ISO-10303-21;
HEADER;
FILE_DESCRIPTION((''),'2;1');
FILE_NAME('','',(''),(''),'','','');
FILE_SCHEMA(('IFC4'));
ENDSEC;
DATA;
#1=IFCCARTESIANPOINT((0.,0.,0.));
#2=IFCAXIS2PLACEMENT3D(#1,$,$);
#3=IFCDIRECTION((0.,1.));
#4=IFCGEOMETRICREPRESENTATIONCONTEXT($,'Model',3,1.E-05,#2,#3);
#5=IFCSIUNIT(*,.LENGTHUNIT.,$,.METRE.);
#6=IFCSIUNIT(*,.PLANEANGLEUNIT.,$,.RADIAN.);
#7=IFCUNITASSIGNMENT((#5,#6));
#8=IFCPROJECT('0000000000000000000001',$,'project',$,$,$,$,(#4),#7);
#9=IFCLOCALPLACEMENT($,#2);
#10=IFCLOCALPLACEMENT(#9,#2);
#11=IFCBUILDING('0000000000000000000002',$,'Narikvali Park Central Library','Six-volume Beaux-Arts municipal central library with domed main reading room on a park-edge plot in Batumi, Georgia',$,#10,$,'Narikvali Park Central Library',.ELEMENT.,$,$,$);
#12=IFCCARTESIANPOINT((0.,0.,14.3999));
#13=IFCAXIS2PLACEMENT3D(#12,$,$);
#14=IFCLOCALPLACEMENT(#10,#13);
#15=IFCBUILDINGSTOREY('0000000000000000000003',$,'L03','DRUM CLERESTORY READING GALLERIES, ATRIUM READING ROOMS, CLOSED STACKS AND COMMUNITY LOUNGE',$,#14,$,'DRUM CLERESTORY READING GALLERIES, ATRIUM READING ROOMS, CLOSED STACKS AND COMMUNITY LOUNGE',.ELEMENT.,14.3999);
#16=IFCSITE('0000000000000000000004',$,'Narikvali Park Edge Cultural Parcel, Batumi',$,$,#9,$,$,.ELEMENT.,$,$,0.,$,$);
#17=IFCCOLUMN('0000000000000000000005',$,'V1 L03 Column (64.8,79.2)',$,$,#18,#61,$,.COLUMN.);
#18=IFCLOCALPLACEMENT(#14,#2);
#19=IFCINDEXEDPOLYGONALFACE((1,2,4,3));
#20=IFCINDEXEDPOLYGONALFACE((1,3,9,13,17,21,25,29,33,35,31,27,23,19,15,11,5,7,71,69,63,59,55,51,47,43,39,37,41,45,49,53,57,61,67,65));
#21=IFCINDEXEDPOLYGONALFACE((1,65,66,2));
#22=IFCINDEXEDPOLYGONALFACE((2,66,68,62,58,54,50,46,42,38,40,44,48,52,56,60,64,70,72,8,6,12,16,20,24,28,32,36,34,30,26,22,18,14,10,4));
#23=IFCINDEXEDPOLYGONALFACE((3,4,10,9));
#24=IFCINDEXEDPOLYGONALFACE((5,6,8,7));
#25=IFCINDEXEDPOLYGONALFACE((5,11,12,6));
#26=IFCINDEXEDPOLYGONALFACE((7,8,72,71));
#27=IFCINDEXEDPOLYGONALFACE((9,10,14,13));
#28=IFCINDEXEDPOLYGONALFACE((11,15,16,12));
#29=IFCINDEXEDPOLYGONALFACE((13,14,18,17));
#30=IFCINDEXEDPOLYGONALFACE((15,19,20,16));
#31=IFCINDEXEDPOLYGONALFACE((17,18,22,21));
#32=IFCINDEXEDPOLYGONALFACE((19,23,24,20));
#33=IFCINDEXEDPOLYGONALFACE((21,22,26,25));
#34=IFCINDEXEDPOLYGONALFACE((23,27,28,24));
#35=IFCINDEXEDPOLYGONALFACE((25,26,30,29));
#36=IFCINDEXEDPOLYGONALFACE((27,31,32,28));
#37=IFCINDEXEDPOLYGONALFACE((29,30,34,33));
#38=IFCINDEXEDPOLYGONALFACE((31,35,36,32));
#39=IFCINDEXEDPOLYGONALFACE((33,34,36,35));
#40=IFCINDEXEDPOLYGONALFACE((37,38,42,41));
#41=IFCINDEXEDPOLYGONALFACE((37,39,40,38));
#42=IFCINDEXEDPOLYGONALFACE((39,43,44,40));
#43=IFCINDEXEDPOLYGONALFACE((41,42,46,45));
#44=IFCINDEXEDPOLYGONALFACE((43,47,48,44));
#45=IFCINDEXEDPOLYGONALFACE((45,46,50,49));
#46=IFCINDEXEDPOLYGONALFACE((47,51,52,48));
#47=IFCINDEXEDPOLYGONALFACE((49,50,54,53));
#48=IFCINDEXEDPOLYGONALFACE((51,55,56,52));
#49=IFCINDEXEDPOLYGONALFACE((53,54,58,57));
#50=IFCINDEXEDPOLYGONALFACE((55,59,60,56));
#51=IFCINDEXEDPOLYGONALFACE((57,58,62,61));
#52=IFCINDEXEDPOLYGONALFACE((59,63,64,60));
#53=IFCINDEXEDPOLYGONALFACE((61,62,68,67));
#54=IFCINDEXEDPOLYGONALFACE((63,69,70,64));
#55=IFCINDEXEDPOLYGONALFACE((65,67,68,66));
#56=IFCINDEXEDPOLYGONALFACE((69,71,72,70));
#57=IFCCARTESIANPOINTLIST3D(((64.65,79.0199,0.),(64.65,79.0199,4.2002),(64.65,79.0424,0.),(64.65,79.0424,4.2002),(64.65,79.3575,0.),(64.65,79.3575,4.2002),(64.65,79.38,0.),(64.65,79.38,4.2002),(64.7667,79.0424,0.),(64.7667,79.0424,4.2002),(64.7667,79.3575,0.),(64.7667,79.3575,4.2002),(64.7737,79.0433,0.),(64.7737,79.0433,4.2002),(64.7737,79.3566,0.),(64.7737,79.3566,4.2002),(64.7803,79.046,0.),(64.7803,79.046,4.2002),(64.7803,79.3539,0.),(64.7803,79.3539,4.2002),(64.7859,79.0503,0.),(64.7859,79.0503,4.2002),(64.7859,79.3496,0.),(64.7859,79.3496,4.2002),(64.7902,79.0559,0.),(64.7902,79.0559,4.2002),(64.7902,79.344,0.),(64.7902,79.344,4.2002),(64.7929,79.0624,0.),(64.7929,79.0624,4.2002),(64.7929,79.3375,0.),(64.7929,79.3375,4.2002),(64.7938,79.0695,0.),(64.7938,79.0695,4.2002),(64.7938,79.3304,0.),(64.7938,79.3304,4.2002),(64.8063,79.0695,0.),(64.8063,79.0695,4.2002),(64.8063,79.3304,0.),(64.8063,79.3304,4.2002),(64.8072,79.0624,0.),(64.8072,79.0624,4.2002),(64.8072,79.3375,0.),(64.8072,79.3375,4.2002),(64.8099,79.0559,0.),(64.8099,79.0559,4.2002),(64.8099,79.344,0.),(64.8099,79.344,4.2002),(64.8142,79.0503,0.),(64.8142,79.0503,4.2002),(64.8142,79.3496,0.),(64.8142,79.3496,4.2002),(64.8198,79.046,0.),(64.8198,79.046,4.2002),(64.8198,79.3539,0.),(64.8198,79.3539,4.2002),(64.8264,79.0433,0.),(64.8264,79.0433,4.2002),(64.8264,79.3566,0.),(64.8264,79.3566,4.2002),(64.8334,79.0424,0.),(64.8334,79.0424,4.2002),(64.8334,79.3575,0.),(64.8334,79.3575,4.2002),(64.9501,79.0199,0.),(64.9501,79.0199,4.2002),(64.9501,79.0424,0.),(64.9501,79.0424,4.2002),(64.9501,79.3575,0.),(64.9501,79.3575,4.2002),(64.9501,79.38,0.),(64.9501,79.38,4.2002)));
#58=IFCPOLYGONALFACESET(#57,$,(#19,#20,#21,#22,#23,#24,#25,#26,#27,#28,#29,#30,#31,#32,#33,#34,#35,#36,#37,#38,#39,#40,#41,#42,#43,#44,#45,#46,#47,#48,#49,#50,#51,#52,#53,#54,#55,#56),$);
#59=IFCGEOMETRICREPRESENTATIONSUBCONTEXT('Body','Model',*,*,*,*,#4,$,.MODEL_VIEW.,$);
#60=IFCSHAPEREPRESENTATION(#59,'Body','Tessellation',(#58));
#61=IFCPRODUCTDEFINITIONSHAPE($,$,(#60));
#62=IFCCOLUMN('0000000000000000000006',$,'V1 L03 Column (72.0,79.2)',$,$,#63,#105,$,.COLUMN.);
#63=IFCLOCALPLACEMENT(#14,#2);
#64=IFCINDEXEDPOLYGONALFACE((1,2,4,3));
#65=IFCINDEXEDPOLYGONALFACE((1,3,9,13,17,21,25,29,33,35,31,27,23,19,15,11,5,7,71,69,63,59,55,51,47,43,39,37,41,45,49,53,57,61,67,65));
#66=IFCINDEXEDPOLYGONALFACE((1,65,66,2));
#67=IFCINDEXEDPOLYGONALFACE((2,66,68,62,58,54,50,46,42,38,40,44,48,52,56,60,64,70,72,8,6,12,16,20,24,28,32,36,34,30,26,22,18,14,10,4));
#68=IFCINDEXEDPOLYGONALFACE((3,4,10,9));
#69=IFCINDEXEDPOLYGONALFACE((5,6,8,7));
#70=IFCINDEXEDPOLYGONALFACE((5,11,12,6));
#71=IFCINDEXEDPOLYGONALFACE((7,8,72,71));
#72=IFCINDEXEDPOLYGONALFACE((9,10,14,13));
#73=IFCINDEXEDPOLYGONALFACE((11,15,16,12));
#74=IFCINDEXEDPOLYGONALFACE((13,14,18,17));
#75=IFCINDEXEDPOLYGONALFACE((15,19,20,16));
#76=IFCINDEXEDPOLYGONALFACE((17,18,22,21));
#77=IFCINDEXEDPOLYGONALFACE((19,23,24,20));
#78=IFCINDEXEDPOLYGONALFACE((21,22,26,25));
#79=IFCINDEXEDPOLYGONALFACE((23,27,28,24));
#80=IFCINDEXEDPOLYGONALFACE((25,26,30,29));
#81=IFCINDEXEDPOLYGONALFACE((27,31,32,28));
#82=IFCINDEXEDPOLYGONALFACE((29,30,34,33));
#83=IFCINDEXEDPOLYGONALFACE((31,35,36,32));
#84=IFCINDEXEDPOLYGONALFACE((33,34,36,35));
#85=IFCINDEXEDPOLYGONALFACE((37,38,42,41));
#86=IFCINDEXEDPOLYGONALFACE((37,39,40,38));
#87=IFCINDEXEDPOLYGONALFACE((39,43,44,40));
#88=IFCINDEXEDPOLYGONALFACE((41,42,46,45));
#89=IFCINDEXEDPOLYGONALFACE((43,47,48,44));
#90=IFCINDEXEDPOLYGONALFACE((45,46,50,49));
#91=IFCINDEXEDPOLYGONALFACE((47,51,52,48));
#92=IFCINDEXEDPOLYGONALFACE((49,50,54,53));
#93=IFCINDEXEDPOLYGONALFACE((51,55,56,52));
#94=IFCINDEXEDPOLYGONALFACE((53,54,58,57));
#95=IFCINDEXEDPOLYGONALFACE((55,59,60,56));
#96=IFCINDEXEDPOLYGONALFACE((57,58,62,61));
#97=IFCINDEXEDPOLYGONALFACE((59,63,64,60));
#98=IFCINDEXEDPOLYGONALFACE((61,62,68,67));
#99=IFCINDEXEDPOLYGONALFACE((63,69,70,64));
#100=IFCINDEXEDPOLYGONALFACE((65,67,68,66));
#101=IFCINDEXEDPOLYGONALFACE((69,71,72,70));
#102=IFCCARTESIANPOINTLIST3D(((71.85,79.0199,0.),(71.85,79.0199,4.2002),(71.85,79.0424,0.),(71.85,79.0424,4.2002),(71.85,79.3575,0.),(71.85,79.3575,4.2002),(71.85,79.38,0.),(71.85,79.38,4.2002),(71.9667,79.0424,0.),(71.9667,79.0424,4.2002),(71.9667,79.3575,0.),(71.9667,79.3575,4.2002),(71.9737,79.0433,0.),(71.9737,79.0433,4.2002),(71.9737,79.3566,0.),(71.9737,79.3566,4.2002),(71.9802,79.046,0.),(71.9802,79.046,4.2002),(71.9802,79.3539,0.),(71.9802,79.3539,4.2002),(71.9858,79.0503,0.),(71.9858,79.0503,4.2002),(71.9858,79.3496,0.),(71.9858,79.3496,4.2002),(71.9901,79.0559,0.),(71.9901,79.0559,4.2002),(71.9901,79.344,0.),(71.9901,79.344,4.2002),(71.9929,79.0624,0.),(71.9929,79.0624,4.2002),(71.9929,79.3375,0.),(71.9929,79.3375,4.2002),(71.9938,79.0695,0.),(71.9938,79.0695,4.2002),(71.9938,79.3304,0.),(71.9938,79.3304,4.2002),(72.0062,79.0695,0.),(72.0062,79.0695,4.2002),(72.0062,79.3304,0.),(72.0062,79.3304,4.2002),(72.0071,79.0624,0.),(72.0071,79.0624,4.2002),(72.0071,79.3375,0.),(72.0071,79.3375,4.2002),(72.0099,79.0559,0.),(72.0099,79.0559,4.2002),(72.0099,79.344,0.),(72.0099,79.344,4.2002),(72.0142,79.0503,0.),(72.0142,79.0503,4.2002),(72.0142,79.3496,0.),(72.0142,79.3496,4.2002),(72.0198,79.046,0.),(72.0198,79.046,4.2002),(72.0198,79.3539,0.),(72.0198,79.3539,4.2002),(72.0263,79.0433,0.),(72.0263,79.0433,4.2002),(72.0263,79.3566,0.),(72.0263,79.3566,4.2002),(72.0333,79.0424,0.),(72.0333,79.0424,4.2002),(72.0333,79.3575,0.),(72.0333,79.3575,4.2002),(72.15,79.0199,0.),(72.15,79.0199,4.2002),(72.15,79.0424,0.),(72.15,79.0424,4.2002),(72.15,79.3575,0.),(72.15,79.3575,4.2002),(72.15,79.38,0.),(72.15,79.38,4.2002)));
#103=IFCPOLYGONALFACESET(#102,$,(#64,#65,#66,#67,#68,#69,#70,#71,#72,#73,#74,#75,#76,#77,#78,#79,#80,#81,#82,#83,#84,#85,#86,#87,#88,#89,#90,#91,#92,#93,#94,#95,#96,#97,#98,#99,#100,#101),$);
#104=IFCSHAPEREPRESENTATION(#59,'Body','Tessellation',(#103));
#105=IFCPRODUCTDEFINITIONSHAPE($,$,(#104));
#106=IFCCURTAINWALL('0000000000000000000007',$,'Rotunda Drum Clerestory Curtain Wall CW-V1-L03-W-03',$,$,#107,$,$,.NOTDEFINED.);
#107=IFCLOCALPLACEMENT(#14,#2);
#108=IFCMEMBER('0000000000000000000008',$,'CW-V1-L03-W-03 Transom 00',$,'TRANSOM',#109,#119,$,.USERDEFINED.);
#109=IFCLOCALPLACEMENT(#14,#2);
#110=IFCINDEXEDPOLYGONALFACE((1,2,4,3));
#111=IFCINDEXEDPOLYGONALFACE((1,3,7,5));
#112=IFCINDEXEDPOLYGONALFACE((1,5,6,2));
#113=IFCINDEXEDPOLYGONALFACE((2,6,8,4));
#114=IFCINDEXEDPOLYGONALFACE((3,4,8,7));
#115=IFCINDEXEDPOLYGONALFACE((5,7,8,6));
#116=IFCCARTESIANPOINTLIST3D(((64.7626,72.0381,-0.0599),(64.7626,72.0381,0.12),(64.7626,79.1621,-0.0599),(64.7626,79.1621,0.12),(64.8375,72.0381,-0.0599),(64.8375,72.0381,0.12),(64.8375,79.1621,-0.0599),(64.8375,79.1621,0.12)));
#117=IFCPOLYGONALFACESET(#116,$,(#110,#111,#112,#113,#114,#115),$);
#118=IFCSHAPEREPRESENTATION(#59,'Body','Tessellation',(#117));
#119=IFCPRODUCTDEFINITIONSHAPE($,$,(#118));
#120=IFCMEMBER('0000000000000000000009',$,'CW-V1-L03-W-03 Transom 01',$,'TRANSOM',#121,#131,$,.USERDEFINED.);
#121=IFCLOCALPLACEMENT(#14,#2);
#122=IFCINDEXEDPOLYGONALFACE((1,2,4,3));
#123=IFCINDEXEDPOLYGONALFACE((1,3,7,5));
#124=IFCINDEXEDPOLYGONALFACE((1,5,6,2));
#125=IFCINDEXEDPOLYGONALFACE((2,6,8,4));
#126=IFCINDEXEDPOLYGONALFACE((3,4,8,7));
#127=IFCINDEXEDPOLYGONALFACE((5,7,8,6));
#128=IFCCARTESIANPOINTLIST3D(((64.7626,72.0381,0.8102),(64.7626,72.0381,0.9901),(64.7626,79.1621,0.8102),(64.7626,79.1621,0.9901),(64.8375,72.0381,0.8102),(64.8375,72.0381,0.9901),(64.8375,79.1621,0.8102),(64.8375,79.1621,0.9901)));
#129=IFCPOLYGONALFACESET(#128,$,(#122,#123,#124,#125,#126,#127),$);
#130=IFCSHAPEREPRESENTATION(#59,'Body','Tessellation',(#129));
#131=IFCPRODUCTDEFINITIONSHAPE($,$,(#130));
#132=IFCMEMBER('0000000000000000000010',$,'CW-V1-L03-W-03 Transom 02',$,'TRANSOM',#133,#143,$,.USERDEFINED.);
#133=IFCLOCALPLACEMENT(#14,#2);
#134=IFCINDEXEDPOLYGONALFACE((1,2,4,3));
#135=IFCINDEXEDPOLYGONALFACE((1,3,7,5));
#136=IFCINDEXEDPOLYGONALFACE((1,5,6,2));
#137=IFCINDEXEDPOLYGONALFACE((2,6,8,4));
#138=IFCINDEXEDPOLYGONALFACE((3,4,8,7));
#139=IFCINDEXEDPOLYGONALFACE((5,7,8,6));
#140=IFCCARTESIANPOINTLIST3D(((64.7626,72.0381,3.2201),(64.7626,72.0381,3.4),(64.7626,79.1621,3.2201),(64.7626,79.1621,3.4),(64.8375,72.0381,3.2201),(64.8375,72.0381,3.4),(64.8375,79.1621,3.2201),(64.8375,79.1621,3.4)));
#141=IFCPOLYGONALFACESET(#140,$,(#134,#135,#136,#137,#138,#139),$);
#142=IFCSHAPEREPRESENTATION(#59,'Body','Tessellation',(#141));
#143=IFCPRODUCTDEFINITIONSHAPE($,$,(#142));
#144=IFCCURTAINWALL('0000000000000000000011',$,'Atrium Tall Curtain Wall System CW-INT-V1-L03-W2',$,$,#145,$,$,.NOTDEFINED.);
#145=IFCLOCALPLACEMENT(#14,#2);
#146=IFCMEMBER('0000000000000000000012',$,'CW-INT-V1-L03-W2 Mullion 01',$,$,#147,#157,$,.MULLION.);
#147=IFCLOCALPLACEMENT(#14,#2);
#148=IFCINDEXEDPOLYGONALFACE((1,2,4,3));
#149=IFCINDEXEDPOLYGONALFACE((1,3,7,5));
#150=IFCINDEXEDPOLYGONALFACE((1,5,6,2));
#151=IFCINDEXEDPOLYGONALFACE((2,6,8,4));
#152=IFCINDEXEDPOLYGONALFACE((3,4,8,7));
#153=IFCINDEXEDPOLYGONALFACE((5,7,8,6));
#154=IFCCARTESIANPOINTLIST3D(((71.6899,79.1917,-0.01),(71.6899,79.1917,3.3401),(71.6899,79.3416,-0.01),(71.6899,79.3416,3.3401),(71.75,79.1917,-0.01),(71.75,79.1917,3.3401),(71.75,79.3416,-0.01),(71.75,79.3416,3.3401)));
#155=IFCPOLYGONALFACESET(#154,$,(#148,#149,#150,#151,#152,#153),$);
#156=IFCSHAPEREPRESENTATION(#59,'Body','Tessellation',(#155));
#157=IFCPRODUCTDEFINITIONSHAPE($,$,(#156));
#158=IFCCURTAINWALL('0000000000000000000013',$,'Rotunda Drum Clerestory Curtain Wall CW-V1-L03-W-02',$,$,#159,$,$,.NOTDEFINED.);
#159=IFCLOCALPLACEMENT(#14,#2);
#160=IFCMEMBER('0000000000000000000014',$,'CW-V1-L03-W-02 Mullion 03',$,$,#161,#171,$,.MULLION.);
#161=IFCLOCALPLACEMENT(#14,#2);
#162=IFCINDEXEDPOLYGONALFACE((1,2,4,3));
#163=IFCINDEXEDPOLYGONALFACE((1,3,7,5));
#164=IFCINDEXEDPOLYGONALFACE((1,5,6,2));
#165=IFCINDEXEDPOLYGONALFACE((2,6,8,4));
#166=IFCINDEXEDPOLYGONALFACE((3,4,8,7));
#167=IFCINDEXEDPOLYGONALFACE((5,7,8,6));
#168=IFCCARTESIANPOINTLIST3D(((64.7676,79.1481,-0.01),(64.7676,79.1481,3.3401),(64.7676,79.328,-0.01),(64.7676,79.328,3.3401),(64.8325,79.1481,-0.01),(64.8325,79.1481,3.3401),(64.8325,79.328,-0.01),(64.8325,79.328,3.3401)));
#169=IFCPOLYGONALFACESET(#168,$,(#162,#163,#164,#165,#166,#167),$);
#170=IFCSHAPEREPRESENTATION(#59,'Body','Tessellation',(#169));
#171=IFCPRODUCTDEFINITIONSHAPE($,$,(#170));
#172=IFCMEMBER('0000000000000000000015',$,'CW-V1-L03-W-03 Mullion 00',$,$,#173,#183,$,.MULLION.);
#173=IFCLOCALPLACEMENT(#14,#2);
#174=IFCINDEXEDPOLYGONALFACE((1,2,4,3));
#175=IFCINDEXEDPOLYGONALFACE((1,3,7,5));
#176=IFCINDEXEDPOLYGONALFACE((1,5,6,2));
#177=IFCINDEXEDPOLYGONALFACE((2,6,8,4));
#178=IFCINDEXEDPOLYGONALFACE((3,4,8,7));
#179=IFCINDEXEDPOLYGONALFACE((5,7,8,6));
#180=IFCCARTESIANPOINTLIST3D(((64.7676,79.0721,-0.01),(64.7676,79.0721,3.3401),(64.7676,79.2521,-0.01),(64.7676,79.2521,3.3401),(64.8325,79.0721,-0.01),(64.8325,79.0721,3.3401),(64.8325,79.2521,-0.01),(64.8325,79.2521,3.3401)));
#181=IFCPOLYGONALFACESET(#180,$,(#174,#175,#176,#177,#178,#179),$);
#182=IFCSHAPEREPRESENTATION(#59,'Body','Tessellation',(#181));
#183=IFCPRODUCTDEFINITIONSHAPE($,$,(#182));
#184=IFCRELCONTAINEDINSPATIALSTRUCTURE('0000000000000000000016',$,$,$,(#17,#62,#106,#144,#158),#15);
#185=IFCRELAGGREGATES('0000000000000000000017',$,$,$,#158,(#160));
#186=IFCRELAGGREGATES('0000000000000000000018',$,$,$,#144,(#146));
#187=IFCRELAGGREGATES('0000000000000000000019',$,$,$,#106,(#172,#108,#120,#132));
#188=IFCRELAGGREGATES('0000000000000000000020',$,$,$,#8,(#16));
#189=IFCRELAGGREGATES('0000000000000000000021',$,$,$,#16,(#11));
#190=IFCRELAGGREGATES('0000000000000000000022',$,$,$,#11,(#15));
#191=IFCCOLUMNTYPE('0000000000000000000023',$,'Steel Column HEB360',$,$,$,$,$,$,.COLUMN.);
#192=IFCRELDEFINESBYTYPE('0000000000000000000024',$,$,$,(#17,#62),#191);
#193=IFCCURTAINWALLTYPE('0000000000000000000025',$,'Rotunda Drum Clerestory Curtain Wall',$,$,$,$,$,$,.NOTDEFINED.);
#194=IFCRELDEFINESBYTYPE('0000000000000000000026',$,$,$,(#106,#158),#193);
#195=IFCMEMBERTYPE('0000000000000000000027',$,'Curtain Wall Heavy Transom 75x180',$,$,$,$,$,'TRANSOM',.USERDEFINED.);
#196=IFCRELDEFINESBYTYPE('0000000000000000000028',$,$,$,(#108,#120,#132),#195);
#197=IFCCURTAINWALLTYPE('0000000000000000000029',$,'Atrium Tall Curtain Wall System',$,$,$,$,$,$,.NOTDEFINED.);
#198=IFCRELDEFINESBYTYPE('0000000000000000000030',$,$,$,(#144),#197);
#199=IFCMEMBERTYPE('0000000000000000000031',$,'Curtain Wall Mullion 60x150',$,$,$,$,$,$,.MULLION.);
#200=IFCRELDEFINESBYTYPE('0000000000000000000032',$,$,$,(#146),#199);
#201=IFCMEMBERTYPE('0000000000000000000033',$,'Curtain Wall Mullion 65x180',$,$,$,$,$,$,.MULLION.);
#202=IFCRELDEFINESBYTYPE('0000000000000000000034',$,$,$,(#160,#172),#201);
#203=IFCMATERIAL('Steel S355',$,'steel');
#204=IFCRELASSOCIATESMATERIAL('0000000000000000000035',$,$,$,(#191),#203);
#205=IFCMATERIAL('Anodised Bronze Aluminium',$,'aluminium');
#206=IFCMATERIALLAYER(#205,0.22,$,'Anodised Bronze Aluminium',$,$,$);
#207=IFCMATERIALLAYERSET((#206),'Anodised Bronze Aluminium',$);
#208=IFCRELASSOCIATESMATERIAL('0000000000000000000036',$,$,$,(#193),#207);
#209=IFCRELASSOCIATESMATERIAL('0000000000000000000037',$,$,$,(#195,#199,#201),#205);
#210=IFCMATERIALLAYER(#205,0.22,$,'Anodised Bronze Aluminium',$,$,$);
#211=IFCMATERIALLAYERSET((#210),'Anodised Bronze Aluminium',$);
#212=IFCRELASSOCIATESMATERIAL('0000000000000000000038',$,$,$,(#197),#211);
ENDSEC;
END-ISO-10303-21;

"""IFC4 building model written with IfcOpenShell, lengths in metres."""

from ifc_helpers import new_model, si_unit, direction, frame, origin, origin_2d, place, context, subcontext, project, spatial, rectangle, i_section, extrude, material, layer, layer_set, material_profile, profile_set, type_object, element, aggregate, save


model = new_model("IFC4")

# Units and contexts
model_context = context("Model", 3, precision=1e-05, world=origin(), true_north=direction((0.0, 1.0)))
body_context = subcontext(model_context, "Body", "Model", "MODEL_VIEW")
ifc_project = project(units=[si_unit("LENGTHUNIT", "METRE"), si_unit("PLANEANGLEUNIT", "RADIAN")], contexts=[model_context])

# Site, building, storey
site_placement = place(None, origin())
site = spatial("IfcSite", under=ifc_project, at=site_placement, Name="Narikvali Park Edge Cultural Parcel, Batumi", CompositionType="ELEMENT", RefElevation=0.0)
building_placement = place(site_placement, origin())
building = spatial("IfcBuilding", under=site, at=building_placement, Name="Narikvali Park Central Library", Description="Six-volume Beaux-Arts municipal central library with domed main reading room on a park-edge plot in Batumi, Georgia", LongName="Narikvali Park Central Library", CompositionType="ELEMENT")
storey_placement = place(building_placement, frame((0.0, 0.0, 14.3999)))
storey = spatial("IfcBuildingStorey", under=building, at=storey_placement, Name="L03", Description="DRUM CLERESTORY READING GALLERIES, ATRIUM READING ROOMS, CLOSED STACKS AND COMMUNITY LOUNGE", LongName="DRUM CLERESTORY READING GALLERIES, ATRIUM READING ROOMS, CLOSED STACKS AND COMMUNITY LOUNGE", CompositionType="ELEMENT", Elevation=14.3999)

# Columns
ifc_material_1 = material(Name="Steel S355", Category="steel")
ifc_material_profile_1 = material_profile(ifc_material_1, i_section(OverallWidth=0.3, OverallDepth=0.3601, WebThickness=0.0125, FlangeThickness=0.0225, FilletRadius=0.0271, at=origin_2d()), Name="HEB 360")
ifc_profile_set_1 = profile_set([ifc_material_profile_1], Name="Steel S355")
column_type = type_object("IfcColumnType", Name="Steel Column HEB360", PredefinedType="COLUMN", material=ifc_profile_set_1)
for number, where, z_axis, x_axis, name in (
    (1, (64.8, 79.2, 0.0), (0.0, 0.0, 1.0), (1.0, 0.0, 0.0), "V1 L03 Column (64.8,79.2)"),
    (2, (72.0, 79.2, 0.0), (0.0, 0.0, 1.0), (1.0, 0.0, 0.0), "V1 L03 Column (72.0,79.2)"),
):
    element("IfcColumn", number, at=place(storey_placement, frame(where, z_axis=z_axis, x_axis=x_axis)), inside=storey, type_object=column_type, Name=name, PredefinedType="COLUMN", context=body_context, shape_type="SweptSolid", body=[
        extrude(i_section(OverallWidth=0.3, OverallDepth=0.3601, WebThickness=0.0125, FlangeThickness=0.0225, FilletRadius=0.0271, at=origin_2d()), origin(), (0.0, 0.0, 1.0), 4.2002),
    ])

# Curtain wall, members
ifc_material_2 = material(Name="Anodised Bronze Aluminium", Category="aluminium")
ifc_layer_1 = layer(ifc_material_2, 0.22, Name="Anodised Bronze Aluminium")
ifc_layer_set_1 = layer_set([ifc_layer_1], Name="Anodised Bronze Aluminium")
curtain_wall_type_1 = type_object("IfcCurtainWallType", Name="Rotunda Drum Clerestory Curtain Wall", PredefinedType="NOTDEFINED", material=ifc_layer_set_1)
curtain_wall_1_placement = place(storey_placement, origin())
curtain_wall_1 = element("IfcCurtainWall", 3, at=curtain_wall_1_placement, inside=storey, type_object=curtain_wall_type_1, Name="Rotunda Drum Clerestory Curtain Wall CW-V1-L03-W-03", PredefinedType="NOTDEFINED")
ifc_material_profile_2 = material_profile(ifc_material_2, rectangle(XDim=0.075, YDim=0.1799, at=origin_2d()), Name="CW TRANSOM 75x180")
ifc_profile_set_2 = profile_set([ifc_material_profile_2], Name="Anodised Bronze Aluminium")
member_type_1 = type_object("IfcMemberType", Name="Curtain Wall Heavy Transom 75x180", ElementType="TRANSOM", PredefinedType="USERDEFINED", material=ifc_profile_set_2)
member_1_placement = place(storey_placement, frame((64.8, 79.1621, 0.03), z_axis=(0.0, -1.0, 0.0), x_axis=(1.0, 0.0, 0.0)))
member_1 = element("IfcMember", 4, at=member_1_placement, type_object=member_type_1, Name="CW-V1-L03-W-03 Transom 00", ObjectType="TRANSOM", PredefinedType="USERDEFINED", context=body_context, shape_type="SweptSolid", body=[
    extrude(rectangle(XDim=0.075, YDim=0.1799, at=origin_2d()), origin(), (0.0, 0.0, 1.0), 7.124),
])
member_2_placement = place(storey_placement, frame((64.8, 79.1621, 0.9001), z_axis=(0.0, -1.0, 0.0), x_axis=(1.0, 0.0, 0.0)))
member_2 = element("IfcMember", 5, at=member_2_placement, type_object=member_type_1, Name="CW-V1-L03-W-03 Transom 01", ObjectType="TRANSOM", PredefinedType="USERDEFINED", context=body_context, shape_type="SweptSolid", body=[
    extrude(rectangle(XDim=0.075, YDim=0.1799, at=origin_2d()), origin(), (0.0, 0.0, 1.0), 7.124),
])
member_3_placement = place(storey_placement, frame((64.8, 79.1621, 3.3101), z_axis=(0.0, -1.0, 0.0), x_axis=(1.0, 0.0, 0.0)))
member_3 = element("IfcMember", 6, at=member_3_placement, type_object=member_type_1, Name="CW-V1-L03-W-03 Transom 02", ObjectType="TRANSOM", PredefinedType="USERDEFINED", context=body_context, shape_type="SweptSolid", body=[
    extrude(rectangle(XDim=0.075, YDim=0.1799, at=origin_2d()), origin(), (0.0, 0.0, 1.0), 7.124),
])

# Curtain walls, members
ifc_layer_2 = layer(ifc_material_2, 0.22, Name="Anodised Bronze Aluminium")
ifc_layer_set_2 = layer_set([ifc_layer_2], Name="Anodised Bronze Aluminium")
curtain_wall_type_2 = type_object("IfcCurtainWallType", Name="Atrium Tall Curtain Wall System", PredefinedType="NOTDEFINED", material=ifc_layer_set_2)
curtain_wall_2_placement = place(storey_placement, origin())
curtain_wall_2 = element("IfcCurtainWall", 7, at=curtain_wall_2_placement, inside=storey, type_object=curtain_wall_type_2, Name="Atrium Tall Curtain Wall System CW-INT-V1-L03-W2", PredefinedType="NOTDEFINED")
ifc_material_profile_3 = material_profile(ifc_material_2, rectangle(XDim=0.0601, YDim=0.1499, at=origin_2d()), Name="CW MULLION 60x150")
ifc_profile_set_3 = profile_set([ifc_material_profile_3], Name="Anodised Bronze Aluminium")
member_type_2 = type_object("IfcMemberType", Name="Curtain Wall Mullion 60x150", PredefinedType="MULLION", material=ifc_profile_set_3)
member_4_placement = place(storey_placement, frame((71.72, 79.2666, -0.01), z_axis=(0.0, 0.0, 1.0), x_axis=(1.0, 0.0, 0.0)))
member_4 = element("IfcMember", 8, at=member_4_placement, type_object=member_type_2, Name="CW-INT-V1-L03-W2 Mullion 01", PredefinedType="MULLION", context=body_context, shape_type="SweptSolid", body=[
    extrude(rectangle(XDim=0.0601, YDim=0.1499, at=origin_2d()), origin(), (0.0, 0.0, 1.0), 3.3501),
])
curtain_wall_3_placement = place(storey_placement, origin())
curtain_wall_3 = element("IfcCurtainWall", 9, at=curtain_wall_3_placement, inside=storey, type_object=curtain_wall_type_1, Name="Rotunda Drum Clerestory Curtain Wall CW-V1-L03-W-02", PredefinedType="NOTDEFINED")
ifc_material_profile_4 = material_profile(ifc_material_2, rectangle(XDim=0.0649, YDim=0.1799, at=origin_2d()), Name="CW MULLION 65x180")
ifc_profile_set_4 = profile_set([ifc_material_profile_4], Name="Anodised Bronze Aluminium")
member_type_3 = type_object("IfcMemberType", Name="Curtain Wall Mullion 65x180", PredefinedType="MULLION", material=ifc_profile_set_4)
member_5_placement = place(storey_placement, frame((64.8, 79.238, -0.01), z_axis=(0.0, 0.0, 1.0), x_axis=(1.0, 0.0, 0.0)))
member_5 = element("IfcMember", 10, at=member_5_placement, type_object=member_type_3, Name="CW-V1-L03-W-02 Mullion 03", PredefinedType="MULLION", context=body_context, shape_type="SweptSolid", body=[
    extrude(rectangle(XDim=0.0649, YDim=0.1799, at=origin_2d()), origin(), (0.0, 0.0, 1.0), 3.3501),
])
aggregate(curtain_wall_3, [member_5])

# Member
member_6_placement = place(storey_placement, frame((64.8, 79.1621, -0.01), z_axis=(0.0, 0.0, 1.0), x_axis=(1.0, 0.0, 0.0)))
member_6 = element("IfcMember", 11, at=member_6_placement, type_object=member_type_3, Name="CW-V1-L03-W-03 Mullion 00", PredefinedType="MULLION", context=body_context, shape_type="SweptSolid", body=[
    extrude(rectangle(XDim=0.0649, YDim=0.1799, at=origin_2d()), origin(), (0.0, 0.0, 1.0), 3.3501),
])

aggregate(curtain_wall_2, [member_4])
aggregate(curtain_wall_1, [member_6, member_1, member_2, member_3])

save(model, "model.ifc")
